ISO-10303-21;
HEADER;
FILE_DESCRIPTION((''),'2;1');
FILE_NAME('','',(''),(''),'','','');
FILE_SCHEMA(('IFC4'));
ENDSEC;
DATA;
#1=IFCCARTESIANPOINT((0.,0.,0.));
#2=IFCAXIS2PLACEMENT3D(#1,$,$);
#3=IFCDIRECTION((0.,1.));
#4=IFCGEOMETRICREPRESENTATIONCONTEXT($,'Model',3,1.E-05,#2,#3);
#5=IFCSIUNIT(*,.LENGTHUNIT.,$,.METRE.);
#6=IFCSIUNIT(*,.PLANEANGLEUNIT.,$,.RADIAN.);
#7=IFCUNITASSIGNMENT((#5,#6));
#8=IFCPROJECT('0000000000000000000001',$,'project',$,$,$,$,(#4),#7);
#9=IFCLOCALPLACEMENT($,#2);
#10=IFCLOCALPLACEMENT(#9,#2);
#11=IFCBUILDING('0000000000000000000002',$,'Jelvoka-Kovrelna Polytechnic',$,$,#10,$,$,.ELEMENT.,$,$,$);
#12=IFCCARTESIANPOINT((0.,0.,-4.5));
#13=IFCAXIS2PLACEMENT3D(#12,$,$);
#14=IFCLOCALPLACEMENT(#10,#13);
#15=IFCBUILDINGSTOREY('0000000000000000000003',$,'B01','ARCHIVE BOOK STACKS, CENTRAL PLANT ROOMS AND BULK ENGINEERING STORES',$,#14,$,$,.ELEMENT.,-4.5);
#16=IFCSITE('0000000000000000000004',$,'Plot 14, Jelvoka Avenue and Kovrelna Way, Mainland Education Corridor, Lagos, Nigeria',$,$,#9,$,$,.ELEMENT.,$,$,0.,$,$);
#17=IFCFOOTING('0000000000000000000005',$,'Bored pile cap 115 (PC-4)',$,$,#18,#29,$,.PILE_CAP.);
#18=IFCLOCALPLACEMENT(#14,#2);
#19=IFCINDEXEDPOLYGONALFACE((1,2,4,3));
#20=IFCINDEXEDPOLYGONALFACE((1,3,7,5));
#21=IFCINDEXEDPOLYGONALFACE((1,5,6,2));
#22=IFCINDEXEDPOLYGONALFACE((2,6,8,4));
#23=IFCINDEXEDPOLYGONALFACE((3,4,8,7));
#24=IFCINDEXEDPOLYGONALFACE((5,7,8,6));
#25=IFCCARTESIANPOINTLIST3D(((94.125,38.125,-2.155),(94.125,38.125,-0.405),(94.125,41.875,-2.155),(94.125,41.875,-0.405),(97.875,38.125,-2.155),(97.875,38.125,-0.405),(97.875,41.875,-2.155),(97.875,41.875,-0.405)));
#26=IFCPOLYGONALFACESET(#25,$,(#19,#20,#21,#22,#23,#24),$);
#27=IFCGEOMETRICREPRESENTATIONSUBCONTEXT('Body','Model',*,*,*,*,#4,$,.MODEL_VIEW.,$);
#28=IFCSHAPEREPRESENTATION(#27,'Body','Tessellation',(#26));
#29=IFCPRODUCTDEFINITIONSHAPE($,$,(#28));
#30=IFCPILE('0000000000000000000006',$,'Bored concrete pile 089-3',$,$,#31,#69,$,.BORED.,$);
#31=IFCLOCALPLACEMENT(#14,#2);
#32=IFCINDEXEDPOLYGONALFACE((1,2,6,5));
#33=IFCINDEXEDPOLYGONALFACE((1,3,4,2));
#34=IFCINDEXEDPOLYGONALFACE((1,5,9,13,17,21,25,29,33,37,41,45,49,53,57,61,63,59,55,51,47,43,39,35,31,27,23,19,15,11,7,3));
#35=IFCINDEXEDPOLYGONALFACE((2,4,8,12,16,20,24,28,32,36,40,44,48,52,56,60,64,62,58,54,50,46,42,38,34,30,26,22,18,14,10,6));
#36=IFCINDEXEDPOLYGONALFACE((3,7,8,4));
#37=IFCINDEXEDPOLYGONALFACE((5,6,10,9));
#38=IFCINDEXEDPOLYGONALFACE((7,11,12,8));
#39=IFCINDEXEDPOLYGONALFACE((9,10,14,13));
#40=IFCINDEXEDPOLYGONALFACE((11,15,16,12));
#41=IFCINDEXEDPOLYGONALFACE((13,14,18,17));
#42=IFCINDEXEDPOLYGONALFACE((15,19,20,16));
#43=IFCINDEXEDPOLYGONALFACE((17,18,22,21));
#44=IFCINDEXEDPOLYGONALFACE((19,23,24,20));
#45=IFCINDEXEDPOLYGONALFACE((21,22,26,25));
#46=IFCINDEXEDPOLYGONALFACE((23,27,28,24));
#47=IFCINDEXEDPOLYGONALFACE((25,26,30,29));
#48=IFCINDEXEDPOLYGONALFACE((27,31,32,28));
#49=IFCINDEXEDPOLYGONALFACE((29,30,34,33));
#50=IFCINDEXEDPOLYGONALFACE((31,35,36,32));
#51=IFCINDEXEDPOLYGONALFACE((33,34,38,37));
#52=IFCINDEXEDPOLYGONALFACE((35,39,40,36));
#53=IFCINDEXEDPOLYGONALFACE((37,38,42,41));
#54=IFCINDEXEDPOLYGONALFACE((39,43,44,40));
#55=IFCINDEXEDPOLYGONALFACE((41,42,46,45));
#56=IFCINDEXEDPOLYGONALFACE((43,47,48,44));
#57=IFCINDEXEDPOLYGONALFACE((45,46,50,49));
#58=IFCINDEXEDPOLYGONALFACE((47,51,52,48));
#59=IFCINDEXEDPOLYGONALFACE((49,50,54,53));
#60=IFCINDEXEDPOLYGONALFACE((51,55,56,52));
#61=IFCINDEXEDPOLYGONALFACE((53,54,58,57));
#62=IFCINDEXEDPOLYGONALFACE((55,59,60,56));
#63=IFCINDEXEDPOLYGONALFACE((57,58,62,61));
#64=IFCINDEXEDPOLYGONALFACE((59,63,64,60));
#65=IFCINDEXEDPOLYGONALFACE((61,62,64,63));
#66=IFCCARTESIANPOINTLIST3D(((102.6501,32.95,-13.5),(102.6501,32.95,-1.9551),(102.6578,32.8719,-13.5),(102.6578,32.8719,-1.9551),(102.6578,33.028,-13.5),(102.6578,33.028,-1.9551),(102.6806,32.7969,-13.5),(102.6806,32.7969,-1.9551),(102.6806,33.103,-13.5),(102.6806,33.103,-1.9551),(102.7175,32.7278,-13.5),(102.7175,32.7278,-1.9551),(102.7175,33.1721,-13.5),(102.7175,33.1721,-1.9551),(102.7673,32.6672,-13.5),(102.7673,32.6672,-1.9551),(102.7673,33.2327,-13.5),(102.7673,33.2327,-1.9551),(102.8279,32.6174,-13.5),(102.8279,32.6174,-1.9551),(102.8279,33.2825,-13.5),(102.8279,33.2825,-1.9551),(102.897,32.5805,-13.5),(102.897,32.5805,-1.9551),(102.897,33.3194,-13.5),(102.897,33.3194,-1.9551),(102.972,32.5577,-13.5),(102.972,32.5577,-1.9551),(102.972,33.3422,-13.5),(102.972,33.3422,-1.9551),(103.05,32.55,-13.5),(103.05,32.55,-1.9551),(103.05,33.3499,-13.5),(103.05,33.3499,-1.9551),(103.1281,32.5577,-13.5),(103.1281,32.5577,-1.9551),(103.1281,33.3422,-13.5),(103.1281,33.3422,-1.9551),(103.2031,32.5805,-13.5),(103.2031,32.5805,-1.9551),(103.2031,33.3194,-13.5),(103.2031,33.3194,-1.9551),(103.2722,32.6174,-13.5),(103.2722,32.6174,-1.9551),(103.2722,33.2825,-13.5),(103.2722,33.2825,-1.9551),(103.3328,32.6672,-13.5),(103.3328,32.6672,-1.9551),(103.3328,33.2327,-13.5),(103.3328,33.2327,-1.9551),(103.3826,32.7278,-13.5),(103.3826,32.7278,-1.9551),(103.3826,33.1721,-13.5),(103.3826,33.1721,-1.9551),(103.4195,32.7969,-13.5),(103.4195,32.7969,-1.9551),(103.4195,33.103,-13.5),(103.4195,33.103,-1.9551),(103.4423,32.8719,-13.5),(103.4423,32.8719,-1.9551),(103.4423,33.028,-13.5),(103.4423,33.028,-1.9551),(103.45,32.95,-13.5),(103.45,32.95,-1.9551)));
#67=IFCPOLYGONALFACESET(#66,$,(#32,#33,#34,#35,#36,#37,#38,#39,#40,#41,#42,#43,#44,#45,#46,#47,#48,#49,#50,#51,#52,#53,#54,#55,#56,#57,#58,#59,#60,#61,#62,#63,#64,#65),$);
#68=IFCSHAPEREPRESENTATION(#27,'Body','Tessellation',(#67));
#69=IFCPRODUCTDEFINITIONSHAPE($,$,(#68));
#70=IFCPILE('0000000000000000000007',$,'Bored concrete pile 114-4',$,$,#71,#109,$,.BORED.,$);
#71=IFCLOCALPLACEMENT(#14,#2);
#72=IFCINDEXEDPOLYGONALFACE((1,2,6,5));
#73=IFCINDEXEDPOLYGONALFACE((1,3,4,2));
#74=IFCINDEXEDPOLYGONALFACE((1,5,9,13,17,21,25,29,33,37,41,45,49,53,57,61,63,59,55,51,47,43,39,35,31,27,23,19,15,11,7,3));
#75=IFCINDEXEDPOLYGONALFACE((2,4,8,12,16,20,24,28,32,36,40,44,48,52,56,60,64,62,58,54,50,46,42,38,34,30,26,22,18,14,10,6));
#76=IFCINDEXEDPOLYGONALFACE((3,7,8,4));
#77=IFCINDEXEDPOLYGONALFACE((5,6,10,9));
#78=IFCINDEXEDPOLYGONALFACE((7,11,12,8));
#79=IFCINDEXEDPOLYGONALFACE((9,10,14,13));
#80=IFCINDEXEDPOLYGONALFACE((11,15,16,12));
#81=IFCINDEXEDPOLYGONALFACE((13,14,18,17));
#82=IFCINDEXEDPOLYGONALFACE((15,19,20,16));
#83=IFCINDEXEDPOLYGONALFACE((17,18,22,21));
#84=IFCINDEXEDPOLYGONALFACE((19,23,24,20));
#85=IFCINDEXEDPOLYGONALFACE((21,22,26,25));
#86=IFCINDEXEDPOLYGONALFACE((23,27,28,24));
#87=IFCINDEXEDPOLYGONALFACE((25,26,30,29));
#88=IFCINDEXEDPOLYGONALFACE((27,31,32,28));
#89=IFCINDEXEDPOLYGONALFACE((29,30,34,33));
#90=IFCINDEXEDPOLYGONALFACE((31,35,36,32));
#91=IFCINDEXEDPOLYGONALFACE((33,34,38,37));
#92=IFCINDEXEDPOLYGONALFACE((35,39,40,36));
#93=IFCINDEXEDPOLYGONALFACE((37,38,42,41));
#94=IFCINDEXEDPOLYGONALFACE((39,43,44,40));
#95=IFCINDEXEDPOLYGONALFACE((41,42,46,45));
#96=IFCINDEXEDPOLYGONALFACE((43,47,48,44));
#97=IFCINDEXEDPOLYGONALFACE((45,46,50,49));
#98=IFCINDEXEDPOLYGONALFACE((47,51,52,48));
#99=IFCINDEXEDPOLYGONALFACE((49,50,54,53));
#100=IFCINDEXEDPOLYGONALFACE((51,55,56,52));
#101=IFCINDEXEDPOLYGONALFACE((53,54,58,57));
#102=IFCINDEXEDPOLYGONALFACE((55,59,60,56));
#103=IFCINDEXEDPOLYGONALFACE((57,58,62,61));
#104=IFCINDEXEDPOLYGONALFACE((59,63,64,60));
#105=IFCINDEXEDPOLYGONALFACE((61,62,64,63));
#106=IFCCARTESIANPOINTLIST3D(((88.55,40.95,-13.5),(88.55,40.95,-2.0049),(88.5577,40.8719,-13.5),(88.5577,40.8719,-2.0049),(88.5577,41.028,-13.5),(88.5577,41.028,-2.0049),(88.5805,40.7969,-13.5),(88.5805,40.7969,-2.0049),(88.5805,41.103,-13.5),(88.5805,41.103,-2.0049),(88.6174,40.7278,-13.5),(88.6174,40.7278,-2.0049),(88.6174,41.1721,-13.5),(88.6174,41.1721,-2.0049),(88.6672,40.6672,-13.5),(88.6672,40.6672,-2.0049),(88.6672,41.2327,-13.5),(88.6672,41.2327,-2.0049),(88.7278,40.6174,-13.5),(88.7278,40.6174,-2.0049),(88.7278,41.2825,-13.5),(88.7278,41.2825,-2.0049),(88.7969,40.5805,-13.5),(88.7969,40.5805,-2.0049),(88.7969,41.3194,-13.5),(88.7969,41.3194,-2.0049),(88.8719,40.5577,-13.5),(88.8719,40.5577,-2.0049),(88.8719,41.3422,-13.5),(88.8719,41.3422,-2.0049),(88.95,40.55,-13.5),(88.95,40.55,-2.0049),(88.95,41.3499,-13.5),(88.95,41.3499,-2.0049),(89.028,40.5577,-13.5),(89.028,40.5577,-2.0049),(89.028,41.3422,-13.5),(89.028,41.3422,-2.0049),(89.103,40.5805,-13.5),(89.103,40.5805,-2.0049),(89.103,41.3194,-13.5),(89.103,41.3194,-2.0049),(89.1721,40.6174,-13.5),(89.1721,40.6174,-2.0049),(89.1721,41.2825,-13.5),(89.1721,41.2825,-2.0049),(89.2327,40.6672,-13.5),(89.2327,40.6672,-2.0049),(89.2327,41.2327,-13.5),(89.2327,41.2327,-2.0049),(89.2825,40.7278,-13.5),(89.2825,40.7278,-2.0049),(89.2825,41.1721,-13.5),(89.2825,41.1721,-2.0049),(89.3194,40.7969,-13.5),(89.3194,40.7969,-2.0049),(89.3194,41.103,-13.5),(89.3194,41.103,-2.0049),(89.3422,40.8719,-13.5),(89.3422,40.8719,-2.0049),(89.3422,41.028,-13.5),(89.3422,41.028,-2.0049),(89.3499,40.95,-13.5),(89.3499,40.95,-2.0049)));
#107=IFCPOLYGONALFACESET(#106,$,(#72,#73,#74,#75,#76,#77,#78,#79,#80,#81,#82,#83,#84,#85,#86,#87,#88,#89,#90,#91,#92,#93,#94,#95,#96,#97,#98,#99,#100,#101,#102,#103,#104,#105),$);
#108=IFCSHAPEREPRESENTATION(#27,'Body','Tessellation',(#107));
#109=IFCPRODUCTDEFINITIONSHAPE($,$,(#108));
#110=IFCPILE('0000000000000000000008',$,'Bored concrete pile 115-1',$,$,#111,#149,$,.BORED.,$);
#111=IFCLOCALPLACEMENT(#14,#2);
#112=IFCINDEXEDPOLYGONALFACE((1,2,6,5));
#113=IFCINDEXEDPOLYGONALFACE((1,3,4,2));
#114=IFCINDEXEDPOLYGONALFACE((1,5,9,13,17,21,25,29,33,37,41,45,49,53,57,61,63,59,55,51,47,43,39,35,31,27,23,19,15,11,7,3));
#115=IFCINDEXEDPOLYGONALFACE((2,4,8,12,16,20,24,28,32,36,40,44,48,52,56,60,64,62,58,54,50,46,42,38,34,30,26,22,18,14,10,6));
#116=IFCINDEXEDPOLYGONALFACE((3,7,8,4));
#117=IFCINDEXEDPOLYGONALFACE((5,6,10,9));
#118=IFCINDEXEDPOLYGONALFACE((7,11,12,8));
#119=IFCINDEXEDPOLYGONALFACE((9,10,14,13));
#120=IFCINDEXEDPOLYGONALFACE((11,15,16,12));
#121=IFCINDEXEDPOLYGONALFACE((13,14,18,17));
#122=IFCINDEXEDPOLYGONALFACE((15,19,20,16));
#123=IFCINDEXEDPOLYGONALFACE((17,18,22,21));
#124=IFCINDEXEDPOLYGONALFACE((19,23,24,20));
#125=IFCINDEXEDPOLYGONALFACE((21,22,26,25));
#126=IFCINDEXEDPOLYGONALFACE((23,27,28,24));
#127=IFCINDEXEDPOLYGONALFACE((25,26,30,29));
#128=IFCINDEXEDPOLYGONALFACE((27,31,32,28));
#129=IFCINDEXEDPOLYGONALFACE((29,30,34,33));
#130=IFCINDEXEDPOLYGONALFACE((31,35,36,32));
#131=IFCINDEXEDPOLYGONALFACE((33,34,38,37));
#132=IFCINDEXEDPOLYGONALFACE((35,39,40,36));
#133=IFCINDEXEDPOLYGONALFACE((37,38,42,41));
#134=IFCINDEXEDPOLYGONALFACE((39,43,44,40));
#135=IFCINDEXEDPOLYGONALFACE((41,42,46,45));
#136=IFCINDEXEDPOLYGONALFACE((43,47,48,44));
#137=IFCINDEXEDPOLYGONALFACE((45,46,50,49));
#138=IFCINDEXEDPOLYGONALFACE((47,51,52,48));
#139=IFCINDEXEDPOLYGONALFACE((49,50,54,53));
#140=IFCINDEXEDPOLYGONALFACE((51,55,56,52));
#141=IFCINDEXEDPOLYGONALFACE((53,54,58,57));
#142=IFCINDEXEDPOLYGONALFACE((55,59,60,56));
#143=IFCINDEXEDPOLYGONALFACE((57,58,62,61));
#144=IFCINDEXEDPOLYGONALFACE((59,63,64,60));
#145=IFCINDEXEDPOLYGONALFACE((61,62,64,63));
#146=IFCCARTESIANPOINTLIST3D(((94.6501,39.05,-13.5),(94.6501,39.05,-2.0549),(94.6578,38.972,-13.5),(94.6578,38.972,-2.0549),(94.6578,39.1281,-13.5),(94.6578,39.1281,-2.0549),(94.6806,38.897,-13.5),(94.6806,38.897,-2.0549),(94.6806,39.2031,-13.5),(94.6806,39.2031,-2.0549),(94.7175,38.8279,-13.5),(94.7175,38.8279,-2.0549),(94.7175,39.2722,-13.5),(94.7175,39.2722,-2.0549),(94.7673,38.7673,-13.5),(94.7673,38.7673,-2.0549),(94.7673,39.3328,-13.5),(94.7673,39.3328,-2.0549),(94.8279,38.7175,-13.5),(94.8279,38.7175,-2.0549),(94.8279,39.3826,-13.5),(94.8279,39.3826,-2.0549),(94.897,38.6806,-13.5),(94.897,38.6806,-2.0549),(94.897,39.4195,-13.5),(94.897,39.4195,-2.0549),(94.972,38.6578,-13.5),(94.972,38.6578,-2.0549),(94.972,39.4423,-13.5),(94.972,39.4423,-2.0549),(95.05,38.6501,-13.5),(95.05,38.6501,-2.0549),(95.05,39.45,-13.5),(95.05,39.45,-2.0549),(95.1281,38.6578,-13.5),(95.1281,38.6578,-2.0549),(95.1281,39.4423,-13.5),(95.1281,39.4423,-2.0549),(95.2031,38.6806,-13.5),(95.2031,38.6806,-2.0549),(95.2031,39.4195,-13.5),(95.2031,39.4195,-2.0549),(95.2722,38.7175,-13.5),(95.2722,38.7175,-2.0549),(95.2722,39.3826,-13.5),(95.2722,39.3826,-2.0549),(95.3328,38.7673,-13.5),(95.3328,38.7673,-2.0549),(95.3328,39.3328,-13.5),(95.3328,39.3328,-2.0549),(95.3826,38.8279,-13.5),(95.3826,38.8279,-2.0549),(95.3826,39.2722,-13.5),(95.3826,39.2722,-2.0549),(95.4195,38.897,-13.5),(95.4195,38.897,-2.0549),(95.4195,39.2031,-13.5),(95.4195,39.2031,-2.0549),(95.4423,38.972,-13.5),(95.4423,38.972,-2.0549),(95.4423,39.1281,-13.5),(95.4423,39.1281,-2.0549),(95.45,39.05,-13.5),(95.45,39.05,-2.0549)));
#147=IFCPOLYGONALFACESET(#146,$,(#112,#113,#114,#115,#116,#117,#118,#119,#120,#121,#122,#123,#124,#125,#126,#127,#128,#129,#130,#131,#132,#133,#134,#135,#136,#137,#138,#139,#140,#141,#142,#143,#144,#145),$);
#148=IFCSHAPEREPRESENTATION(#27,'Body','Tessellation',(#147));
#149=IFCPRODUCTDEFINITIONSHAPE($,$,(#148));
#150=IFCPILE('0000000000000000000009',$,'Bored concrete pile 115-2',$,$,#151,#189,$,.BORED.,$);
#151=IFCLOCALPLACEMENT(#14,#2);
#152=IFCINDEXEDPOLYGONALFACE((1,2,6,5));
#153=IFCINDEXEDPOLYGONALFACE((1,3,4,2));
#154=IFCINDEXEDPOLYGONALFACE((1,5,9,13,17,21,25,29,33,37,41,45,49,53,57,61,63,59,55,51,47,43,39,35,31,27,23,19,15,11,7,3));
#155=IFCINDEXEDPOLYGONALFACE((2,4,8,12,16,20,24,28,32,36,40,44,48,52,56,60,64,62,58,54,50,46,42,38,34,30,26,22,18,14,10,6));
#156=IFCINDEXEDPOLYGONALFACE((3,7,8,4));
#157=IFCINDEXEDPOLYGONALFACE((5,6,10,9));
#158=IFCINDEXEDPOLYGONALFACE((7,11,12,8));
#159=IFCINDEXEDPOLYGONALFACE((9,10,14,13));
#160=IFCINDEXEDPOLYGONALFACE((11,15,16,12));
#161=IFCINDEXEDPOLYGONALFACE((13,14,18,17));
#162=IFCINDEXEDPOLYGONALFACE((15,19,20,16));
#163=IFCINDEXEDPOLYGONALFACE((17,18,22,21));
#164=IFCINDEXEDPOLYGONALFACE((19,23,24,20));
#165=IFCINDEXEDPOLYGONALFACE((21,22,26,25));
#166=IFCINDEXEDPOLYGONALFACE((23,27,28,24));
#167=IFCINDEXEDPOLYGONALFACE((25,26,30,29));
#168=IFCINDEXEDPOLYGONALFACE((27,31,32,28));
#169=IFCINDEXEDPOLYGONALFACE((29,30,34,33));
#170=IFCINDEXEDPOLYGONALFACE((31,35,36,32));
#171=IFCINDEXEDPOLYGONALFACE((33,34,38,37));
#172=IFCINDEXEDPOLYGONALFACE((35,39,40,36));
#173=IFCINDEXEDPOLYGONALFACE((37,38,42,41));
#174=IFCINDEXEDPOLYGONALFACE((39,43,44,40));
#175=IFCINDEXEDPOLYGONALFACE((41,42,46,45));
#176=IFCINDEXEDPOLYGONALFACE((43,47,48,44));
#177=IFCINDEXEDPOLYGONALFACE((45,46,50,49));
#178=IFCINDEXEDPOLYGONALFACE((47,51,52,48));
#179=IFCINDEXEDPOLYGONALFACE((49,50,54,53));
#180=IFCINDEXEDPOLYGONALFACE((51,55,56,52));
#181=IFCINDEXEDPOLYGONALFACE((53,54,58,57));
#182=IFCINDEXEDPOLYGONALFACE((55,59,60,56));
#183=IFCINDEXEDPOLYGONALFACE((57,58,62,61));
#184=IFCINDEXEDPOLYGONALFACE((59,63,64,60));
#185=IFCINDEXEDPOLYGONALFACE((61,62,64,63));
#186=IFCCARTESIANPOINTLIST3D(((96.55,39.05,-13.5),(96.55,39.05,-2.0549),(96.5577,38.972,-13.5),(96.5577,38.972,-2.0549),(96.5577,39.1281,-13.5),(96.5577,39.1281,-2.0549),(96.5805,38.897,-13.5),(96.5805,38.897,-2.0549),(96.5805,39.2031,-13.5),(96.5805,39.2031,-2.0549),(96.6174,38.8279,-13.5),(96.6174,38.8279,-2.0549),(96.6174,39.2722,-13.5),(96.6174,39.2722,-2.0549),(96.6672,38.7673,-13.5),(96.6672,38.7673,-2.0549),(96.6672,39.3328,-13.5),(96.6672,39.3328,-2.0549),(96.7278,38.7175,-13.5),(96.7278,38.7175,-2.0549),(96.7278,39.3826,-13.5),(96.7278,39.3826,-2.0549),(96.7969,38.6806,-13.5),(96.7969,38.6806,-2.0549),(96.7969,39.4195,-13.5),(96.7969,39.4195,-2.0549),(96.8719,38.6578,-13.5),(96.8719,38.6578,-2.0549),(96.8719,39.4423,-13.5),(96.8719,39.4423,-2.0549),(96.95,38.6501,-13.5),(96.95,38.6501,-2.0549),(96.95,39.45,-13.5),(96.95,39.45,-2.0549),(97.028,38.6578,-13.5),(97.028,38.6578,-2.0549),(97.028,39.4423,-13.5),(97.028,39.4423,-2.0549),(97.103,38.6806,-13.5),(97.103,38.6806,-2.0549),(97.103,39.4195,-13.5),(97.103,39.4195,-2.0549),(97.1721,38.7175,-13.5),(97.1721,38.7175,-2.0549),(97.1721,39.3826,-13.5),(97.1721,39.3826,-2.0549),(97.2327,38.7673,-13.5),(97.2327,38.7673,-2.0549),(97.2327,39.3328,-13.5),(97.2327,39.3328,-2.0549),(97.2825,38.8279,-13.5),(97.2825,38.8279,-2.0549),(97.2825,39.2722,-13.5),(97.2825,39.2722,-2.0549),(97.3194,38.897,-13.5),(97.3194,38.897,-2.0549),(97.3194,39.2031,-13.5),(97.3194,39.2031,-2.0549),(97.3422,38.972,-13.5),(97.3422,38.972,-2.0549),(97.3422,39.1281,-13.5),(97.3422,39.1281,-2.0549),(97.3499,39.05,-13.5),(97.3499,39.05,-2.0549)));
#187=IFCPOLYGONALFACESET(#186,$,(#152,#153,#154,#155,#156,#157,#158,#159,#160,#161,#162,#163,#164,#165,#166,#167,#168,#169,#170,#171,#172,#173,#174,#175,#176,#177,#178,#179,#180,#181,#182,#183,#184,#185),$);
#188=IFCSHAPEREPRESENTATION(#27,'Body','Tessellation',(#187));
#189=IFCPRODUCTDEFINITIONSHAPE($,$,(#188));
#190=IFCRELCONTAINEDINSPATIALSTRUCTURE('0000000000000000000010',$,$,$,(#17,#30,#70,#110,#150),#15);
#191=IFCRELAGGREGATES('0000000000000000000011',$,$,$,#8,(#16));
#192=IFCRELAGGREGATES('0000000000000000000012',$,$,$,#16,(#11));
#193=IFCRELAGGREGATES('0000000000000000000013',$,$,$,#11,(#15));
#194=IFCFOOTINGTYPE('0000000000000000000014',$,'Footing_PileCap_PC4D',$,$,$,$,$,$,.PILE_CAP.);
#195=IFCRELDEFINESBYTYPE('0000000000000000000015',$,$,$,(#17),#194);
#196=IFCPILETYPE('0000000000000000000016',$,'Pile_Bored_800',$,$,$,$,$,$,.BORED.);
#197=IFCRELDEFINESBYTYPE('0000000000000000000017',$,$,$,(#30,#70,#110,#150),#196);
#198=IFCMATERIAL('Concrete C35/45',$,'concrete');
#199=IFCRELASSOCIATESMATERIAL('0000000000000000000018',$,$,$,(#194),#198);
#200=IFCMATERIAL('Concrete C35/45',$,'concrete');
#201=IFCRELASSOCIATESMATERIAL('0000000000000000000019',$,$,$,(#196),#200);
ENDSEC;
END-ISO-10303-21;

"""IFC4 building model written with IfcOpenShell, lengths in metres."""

from ifc_helpers import new_model, si_unit, direction, frame, origin, origin_2d, place, context, subcontext, project, spatial, rectangle, circle, extrude, material, material_profile, profile_set, type_object, element, save


model = new_model("IFC4")

# Units and contexts
model_context = context("Model", 3, precision=1e-05, world=origin(), true_north=direction((0.0, 1.0)))
body_context = subcontext(model_context, "Body", "Model", "MODEL_VIEW")
ifc_project = project(units=[si_unit("LENGTHUNIT", "METRE"), si_unit("PLANEANGLEUNIT", "RADIAN")], contexts=[model_context])

# Site, building, storey
site_placement = place(None, origin())
site = spatial("IfcSite", under=ifc_project, at=site_placement, Name="Plot 14, Jelvoka Avenue and Kovrelna Way, Mainland Education Corridor, Lagos, Nigeria", CompositionType="ELEMENT", RefElevation=0.0)
building_placement = place(site_placement, origin())
building = spatial("IfcBuilding", under=site, at=building_placement, Name="Jelvoka-Kovrelna Polytechnic", CompositionType="ELEMENT")
storey_placement = place(building_placement, frame((0.0, 0.0, -4.5)))
storey = spatial("IfcBuildingStorey", under=building, at=storey_placement, Name="B01", Description="ARCHIVE BOOK STACKS, CENTRAL PLANT ROOMS AND BULK ENGINEERING STORES", CompositionType="ELEMENT", Elevation=-4.5)

# Footing
ifc_material_1 = material(Name="Concrete C35/45", Category="concrete")
footing_type = type_object("IfcFootingType", Name="Footing_PileCap_PC4D", PredefinedType="PILE_CAP", material=ifc_material_1)
footing_placement = place(storey_placement, frame((96.0, 40.0, -2.155), z_axis=(0.0, 0.0, 1.0), x_axis=(1.0, 0.0, 0.0)))
element("IfcFooting", 1, at=footing_placement, inside=storey, type_object=footing_type, Name="Bored pile cap 115 (PC-4)", PredefinedType="PILE_CAP", context=body_context, shape_type="SweptSolid", body=[
    extrude(rectangle(XDim=3.75, YDim=3.75, at=origin_2d()), origin(), (0.0, 0.0, 1.0), 1.75),
])

# Piles
ifc_material_2 = material(Name="Concrete C35/45", Category="concrete")
ifc_material_profile_1 = material_profile(ifc_material_2, circle(Radius=0.3999, at=origin_2d()), Name="PILE D800")
ifc_profile_set_1 = profile_set([ifc_material_profile_1], Name="Concrete C35/45")
pile_type = type_object("IfcPileType", Name="Pile_Bored_800", PredefinedType="BORED", material=ifc_profile_set_1)
pile_1_placement = place(storey_placement, frame((103.05, 32.95, -1.9551), z_axis=(0.0, 0.0, -1.0), x_axis=(1.0, 0.0, 0.0)))
element("IfcPile", 2, at=pile_1_placement, inside=storey, type_object=pile_type, Name="Bored concrete pile 089-3", PredefinedType="BORED", context=body_context, shape_type="SweptSolid", body=[
    extrude(circle(Radius=0.3999, at=origin_2d()), origin(), (0.0, 0.0, 1.0), 11.5449),
])
pile_2_placement = place(storey_placement, frame((88.95, 40.95, -2.0049), z_axis=(0.0, 0.0, -1.0), x_axis=(1.0, 0.0, 0.0)))
element("IfcPile", 3, at=pile_2_placement, inside=storey, type_object=pile_type, Name="Bored concrete pile 114-4", PredefinedType="BORED", context=body_context, shape_type="SweptSolid", body=[
    extrude(circle(Radius=0.3999, at=origin_2d()), origin(), (0.0, 0.0, 1.0), 11.4951),
])
for number, where, z_axis, x_axis, name in (
    (4, (95.05, 39.05, -2.0549), (0.0, 0.0, -1.0), (1.0, 0.0, 0.0), "Bored concrete pile 115-1"),
    (5, (96.95, 39.05, -2.0549), (0.0, 0.0, -1.0), (1.0, 0.0, 0.0), "Bored concrete pile 115-2"),
):
    element("IfcPile", number, at=place(storey_placement, frame(where, z_axis=z_axis, x_axis=x_axis)), inside=storey, type_object=pile_type, Name=name, PredefinedType="BORED", context=body_context, shape_type="SweptSolid", body=[
        extrude(circle(Radius=0.3999, at=origin_2d()), origin(), (0.0, 0.0, 1.0), 11.4451),
    ])

save(model, "model.ifc")
